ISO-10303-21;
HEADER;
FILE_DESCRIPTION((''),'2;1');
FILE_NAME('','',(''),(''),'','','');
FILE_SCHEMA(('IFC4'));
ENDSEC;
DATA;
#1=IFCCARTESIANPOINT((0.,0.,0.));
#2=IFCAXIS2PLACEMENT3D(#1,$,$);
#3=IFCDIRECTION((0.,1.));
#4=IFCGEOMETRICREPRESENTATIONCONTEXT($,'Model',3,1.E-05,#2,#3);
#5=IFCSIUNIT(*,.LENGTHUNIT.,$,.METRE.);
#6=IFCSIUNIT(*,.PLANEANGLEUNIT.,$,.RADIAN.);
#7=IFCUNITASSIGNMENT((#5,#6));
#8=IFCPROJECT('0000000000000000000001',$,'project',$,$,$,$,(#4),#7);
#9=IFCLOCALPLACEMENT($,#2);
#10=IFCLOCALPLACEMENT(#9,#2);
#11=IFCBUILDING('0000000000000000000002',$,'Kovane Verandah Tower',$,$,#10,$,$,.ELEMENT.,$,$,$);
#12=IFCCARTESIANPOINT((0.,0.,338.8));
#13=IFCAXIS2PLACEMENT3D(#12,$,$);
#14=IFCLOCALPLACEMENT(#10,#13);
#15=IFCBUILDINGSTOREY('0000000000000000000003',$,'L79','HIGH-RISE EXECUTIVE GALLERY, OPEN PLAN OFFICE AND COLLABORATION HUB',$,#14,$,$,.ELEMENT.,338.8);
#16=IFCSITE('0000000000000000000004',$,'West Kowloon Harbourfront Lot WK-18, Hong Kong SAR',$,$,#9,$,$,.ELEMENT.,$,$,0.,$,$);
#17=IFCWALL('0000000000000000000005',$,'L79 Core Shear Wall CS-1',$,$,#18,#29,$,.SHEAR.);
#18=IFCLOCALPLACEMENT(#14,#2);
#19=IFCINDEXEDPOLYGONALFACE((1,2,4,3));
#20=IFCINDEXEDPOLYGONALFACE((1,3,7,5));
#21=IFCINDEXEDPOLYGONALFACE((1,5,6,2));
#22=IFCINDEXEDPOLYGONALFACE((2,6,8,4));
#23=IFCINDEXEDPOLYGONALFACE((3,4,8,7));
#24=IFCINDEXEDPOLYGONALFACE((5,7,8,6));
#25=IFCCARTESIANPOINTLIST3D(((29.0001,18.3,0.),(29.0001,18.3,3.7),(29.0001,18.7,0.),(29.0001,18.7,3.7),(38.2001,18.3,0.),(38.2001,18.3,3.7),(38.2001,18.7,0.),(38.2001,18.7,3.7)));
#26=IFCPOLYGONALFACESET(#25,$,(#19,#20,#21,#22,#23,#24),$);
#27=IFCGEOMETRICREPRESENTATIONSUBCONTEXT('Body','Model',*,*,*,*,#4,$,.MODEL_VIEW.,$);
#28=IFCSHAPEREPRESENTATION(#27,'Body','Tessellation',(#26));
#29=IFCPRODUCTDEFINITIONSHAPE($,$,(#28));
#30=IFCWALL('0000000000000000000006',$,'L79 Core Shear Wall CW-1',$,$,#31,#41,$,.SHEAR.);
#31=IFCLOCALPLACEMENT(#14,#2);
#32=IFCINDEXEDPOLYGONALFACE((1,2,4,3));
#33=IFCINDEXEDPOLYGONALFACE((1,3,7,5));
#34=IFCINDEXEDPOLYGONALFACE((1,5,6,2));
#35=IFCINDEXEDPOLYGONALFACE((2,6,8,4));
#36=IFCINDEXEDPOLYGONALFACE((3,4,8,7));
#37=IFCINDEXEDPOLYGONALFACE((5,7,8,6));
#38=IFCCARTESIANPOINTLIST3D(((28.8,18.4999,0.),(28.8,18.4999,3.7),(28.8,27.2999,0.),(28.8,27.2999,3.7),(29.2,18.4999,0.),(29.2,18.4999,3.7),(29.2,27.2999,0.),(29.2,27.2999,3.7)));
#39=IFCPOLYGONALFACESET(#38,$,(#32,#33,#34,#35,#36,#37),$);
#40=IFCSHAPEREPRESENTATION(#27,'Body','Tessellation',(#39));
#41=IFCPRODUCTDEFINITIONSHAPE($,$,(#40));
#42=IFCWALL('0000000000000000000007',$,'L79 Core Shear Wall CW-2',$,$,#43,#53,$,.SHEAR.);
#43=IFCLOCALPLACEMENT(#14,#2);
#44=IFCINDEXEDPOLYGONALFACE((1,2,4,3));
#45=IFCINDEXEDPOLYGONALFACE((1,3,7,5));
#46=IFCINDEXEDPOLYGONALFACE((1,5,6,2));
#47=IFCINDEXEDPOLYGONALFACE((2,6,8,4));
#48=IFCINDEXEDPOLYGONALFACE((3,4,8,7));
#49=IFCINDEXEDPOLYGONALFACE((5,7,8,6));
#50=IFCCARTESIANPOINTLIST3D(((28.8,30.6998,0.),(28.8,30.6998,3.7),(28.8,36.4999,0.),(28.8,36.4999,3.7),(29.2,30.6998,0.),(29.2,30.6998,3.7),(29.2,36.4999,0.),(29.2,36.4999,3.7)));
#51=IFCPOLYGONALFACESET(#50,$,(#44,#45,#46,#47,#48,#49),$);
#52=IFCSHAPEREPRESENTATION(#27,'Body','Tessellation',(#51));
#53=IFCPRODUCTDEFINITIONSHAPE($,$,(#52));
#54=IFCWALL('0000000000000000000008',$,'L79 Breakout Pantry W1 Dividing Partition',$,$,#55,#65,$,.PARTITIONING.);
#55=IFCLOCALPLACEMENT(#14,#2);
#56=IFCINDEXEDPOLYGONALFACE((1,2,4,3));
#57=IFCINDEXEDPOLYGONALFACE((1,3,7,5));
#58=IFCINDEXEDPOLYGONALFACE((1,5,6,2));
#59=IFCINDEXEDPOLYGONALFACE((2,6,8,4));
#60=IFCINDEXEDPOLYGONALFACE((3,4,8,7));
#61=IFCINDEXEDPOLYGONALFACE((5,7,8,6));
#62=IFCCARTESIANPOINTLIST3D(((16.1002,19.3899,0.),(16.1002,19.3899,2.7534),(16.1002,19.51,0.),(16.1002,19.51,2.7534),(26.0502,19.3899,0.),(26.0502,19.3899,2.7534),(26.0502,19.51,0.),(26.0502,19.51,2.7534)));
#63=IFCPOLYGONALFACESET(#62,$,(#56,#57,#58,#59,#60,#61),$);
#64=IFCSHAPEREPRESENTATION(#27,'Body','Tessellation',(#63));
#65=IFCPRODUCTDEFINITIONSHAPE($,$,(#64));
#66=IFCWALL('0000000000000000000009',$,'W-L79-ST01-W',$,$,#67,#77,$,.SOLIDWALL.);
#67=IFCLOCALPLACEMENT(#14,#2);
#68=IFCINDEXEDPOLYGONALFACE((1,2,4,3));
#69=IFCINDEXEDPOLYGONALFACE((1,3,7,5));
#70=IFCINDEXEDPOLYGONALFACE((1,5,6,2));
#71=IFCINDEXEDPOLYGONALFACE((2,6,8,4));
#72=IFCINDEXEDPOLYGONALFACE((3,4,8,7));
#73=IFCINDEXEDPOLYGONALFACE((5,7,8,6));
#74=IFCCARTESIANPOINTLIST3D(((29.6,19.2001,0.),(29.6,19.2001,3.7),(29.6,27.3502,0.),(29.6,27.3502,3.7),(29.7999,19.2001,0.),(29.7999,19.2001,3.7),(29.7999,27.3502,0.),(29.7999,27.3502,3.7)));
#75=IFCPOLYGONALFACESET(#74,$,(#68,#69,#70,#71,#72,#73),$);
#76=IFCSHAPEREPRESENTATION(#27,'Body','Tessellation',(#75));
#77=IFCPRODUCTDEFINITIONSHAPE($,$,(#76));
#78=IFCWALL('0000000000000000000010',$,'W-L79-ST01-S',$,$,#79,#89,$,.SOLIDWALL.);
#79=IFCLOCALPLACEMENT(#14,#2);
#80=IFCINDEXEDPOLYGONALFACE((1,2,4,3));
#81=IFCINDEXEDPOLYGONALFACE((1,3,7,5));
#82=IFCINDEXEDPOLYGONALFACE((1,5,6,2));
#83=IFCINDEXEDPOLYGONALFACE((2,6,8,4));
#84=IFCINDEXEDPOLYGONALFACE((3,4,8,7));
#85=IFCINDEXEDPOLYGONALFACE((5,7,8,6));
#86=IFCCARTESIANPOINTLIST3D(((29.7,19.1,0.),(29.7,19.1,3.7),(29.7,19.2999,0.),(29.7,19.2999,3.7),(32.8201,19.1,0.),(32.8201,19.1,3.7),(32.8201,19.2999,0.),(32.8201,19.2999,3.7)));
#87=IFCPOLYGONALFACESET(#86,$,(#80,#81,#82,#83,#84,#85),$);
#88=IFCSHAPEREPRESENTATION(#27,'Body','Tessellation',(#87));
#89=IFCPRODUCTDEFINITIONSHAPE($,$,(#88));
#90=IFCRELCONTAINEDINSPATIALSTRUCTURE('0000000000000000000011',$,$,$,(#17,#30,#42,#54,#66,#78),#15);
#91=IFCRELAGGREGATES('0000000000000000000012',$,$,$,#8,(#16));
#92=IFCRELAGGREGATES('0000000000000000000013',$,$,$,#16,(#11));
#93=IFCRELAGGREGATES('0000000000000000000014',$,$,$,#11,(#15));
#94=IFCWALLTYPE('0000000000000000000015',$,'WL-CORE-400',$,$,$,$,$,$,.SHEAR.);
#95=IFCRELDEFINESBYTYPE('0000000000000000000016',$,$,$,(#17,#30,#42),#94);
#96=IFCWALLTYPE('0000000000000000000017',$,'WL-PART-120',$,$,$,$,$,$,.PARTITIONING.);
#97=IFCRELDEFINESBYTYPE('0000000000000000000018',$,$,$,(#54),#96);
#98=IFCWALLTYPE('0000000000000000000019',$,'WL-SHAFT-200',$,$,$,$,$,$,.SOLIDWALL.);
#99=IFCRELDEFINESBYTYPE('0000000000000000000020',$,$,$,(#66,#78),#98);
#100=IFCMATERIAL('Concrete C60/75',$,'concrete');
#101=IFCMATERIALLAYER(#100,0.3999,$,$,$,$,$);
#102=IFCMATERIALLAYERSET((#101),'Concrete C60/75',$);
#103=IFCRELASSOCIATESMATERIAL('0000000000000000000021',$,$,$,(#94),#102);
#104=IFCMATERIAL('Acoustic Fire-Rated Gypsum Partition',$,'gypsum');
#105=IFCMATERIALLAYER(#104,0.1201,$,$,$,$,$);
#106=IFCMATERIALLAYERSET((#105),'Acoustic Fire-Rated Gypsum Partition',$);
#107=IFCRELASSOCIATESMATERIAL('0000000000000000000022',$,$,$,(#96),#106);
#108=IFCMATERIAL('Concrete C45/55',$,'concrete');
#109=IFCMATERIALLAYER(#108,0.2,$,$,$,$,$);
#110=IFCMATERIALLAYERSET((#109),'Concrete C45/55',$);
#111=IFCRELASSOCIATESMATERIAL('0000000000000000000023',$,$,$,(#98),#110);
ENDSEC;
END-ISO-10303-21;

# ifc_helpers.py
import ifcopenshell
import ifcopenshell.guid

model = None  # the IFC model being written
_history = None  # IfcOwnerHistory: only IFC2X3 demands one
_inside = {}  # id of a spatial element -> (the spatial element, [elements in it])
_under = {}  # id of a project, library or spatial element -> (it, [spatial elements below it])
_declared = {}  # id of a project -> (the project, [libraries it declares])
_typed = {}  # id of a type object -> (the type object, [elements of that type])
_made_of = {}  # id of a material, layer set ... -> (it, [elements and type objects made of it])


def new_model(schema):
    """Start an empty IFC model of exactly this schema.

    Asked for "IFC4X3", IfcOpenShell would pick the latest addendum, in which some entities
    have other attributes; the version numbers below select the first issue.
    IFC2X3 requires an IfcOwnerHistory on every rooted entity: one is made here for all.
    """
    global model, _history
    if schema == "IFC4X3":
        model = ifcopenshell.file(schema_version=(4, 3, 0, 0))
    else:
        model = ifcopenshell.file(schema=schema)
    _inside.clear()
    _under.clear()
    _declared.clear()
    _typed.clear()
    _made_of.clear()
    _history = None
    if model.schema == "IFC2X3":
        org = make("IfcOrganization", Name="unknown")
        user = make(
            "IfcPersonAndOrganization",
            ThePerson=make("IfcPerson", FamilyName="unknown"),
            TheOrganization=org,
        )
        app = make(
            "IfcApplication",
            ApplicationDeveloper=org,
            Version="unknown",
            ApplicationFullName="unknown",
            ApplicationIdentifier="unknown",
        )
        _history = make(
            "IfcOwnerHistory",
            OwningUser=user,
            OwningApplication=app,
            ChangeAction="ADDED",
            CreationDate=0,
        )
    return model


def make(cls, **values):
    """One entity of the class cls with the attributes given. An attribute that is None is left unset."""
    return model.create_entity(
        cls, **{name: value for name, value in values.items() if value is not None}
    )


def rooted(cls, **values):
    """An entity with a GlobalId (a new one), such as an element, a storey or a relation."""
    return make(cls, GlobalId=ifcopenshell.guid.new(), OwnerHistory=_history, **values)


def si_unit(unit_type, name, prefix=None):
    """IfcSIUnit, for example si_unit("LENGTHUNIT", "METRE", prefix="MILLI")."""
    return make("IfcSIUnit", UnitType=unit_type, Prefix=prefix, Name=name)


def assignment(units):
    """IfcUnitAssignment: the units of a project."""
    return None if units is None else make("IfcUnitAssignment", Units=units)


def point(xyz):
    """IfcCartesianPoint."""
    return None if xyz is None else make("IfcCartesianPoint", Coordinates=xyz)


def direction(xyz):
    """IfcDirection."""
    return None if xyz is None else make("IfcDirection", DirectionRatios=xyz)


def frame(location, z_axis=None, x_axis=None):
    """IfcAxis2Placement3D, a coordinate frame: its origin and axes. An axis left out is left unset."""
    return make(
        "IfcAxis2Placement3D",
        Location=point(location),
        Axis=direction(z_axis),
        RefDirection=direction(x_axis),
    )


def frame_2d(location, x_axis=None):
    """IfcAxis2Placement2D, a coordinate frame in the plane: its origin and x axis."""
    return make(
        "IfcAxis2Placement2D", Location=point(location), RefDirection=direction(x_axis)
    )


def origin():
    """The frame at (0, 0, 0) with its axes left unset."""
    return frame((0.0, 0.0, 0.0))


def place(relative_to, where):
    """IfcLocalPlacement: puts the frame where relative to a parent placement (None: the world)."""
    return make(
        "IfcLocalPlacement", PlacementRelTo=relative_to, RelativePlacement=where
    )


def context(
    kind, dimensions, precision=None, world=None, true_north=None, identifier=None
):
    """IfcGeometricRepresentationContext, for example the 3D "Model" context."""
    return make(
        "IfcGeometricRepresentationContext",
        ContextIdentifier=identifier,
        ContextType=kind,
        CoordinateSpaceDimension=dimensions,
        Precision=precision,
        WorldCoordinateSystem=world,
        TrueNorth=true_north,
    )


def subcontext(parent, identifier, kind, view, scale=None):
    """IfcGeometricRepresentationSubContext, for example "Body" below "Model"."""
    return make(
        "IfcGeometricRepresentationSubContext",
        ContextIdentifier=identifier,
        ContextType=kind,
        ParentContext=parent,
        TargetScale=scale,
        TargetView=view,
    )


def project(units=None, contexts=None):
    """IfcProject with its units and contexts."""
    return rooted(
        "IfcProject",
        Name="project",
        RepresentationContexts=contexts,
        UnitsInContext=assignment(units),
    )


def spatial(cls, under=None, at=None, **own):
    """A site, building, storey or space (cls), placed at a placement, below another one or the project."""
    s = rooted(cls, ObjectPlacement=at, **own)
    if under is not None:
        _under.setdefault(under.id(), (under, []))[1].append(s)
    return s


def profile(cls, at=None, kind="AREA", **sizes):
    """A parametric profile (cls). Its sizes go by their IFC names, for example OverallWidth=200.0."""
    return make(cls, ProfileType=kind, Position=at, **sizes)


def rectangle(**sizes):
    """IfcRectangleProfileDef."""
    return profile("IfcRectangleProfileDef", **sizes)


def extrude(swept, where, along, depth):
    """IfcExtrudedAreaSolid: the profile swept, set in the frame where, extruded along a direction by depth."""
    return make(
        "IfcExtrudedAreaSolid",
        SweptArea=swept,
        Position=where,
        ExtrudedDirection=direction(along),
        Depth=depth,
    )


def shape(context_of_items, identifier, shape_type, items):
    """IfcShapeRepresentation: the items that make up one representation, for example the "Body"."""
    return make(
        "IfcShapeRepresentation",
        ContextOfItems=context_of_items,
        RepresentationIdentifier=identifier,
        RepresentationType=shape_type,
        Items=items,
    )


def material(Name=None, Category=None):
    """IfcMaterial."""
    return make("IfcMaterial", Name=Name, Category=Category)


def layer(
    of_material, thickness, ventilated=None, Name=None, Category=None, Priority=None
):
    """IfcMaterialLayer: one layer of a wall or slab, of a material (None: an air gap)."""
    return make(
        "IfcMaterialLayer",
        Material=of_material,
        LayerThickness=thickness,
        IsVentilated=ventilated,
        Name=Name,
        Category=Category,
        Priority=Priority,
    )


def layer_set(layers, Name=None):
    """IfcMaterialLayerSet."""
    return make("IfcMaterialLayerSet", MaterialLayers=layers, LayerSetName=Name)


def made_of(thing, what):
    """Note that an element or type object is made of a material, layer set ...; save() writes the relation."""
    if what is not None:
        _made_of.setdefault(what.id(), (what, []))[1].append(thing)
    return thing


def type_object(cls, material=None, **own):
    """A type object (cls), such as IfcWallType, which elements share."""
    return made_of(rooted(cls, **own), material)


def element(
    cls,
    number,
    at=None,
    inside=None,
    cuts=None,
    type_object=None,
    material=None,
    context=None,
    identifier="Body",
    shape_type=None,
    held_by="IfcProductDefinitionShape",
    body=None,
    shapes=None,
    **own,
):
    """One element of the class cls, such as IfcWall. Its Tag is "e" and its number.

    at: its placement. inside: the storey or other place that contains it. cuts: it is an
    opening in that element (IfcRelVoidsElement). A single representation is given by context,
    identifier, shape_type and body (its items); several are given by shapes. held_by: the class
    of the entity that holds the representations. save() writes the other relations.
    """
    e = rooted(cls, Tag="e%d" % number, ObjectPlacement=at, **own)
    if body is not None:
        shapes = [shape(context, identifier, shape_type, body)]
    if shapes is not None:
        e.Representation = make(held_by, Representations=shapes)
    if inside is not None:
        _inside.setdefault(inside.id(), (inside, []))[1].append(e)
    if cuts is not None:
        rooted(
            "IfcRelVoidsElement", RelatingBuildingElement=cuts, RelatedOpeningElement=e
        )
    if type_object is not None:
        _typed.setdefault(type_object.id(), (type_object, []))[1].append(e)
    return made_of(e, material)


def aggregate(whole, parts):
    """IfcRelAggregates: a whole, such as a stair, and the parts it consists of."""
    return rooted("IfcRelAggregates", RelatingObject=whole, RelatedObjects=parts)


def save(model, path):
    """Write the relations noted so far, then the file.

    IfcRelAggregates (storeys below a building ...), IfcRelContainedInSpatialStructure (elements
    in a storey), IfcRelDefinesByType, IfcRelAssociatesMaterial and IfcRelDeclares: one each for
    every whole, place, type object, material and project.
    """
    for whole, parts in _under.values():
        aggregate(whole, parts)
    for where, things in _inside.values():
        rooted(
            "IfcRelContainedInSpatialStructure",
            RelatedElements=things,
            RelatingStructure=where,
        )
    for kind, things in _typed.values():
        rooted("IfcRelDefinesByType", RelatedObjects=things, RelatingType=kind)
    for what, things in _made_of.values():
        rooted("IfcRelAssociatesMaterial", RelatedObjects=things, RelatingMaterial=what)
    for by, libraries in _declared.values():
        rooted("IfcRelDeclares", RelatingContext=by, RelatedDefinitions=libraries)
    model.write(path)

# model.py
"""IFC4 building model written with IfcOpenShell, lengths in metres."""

from ifc_helpers import new_model, si_unit, direction, frame, frame_2d, origin, place, context, subcontext, project, spatial, rectangle, extrude, material, layer, layer_set, type_object, element, save


model = new_model("IFC4")

# Units and contexts
model_context = context("Model", 3, precision=1e-05, world=origin(), true_north=direction((0.0, 1.0)))
body_context = subcontext(model_context, "Body", "Model", "MODEL_VIEW")
ifc_project = project(units=[si_unit("LENGTHUNIT", "METRE"), si_unit("PLANEANGLEUNIT", "RADIAN")], contexts=[model_context])

# Site, building, storey
site_placement = place(None, origin())
site = spatial("IfcSite", under=ifc_project, at=site_placement, Name="West Kowloon Harbourfront Lot WK-18, Hong Kong SAR", CompositionType="ELEMENT", RefElevation=0.0)
building_placement = place(site_placement, origin())
building = spatial("IfcBuilding", under=site, at=building_placement, Name="Kovane Verandah Tower", CompositionType="ELEMENT")
storey_placement = place(building_placement, frame((0.0, 0.0, 338.8)))
storey = spatial("IfcBuildingStorey", under=building, at=storey_placement, Name="L79", Description="HIGH-RISE EXECUTIVE GALLERY, OPEN PLAN OFFICE AND COLLABORATION HUB", CompositionType="ELEMENT", Elevation=338.8)

# Shared definitions
ifc_material_1 = material(Name="Concrete C60/75", Category="concrete")

# Walls
ifc_layer_1 = layer(ifc_material_1, 0.3999)
ifc_layer_set_1 = layer_set([ifc_layer_1], Name="Concrete C60/75")
wall_type_1 = type_object("IfcWallType", Name="WL-CORE-400", PredefinedType="SHEAR", material=ifc_layer_set_1)
wall_1_placement = place(storey_placement, frame((29.0, 18.5, 0.0), z_axis=(0.0, 0.0, 1.0), x_axis=(1.0, 0.0, 0.0)))
element("IfcWall", 1, at=wall_1_placement, inside=storey, type_object=wall_type_1, Name="L79 Core Shear Wall CS-1", PredefinedType="SHEAR", context=body_context, shape_type="SweptSolid", body=[
    extrude(rectangle(XDim=9.2, YDim=0.3999, at=frame_2d((4.6001, 0.0))), origin(), (0.0, 0.0, 1.0), 3.7),
])
wall_2_placement = place(storey_placement, frame((29.0, 18.5, 0.0), z_axis=(0.0, 0.0, 1.0), x_axis=(0.0, 1.0, 0.0)))
element("IfcWall", 2, at=wall_2_placement, inside=storey, type_object=wall_type_1, Name="L79 Core Shear Wall CW-1", PredefinedType="SHEAR", context=body_context, shape_type="SweptSolid", body=[
    extrude(rectangle(XDim=8.8, YDim=0.3999, at=frame_2d((4.3999, 0.0))), origin(), (0.0, 0.0, 1.0), 3.7),
])
wall_3_placement = place(storey_placement, frame((29.0, 30.7, 0.0), z_axis=(0.0, 0.0, 1.0), x_axis=(0.0, 1.0, 0.0)))
element("IfcWall", 3, at=wall_3_placement, inside=storey, type_object=wall_type_1, Name="L79 Core Shear Wall CW-2", PredefinedType="SHEAR", context=body_context, shape_type="SweptSolid", body=[
    extrude(rectangle(XDim=5.8, YDim=0.3999, at=frame_2d((2.8999, 0.0))), origin(), (0.0, 0.0, 1.0), 3.7),
])

# Walls
ifc_material_2 = material(Name="Acoustic Fire-Rated Gypsum Partition", Category="gypsum")
ifc_layer_2 = layer(ifc_material_2, 0.1201)
ifc_layer_set_2 = layer_set([ifc_layer_2], Name="Acoustic Fire-Rated Gypsum Partition")
wall_type_2 = type_object("IfcWallType", Name="WL-PART-120", PredefinedType="PARTITIONING", material=ifc_layer_set_2)
wall_4_placement = place(storey_placement, frame((16.1001, 19.45, 0.0), z_axis=(0.0, 0.0, 1.0), x_axis=(1.0, 0.0, 0.0)))
element("IfcWall", 4, at=wall_4_placement, inside=storey, type_object=wall_type_2, Name="L79 Breakout Pantry W1 Dividing Partition", PredefinedType="PARTITIONING", context=body_context, shape_type="SweptSolid", body=[
    extrude(rectangle(XDim=9.95, YDim=0.1201, at=frame_2d((4.9751, 0.0))), origin(), (0.0, 0.0, 1.0), 2.7534),
])
ifc_material_3 = material(Name="Concrete C45/55", Category="concrete")
ifc_layer_3 = layer(ifc_material_3, 0.2)
ifc_layer_set_3 = layer_set([ifc_layer_3], Name="Concrete C45/55")
wall_type_3 = type_object("IfcWallType", Name="WL-SHAFT-200", PredefinedType="SOLIDWALL", material=ifc_layer_set_3)
wall_5_placement = place(storey_placement, frame((29.7, 19.2, 0.0), z_axis=(0.0, 0.0, 1.0), x_axis=(0.0, 1.0, 0.0)))
element("IfcWall", 5, at=wall_5_placement, inside=storey, type_object=wall_type_3, Name="W-L79-ST01-W", PredefinedType="SOLIDWALL", context=body_context, shape_type="SweptSolid", body=[
    extrude(rectangle(XDim=8.1501, YDim=0.2, at=frame_2d((4.0752, 0.0))), origin(), (0.0, 0.0, 1.0), 3.7),
])
wall_6_placement = place(storey_placement, frame((29.7, 19.2, 0.0), z_axis=(0.0, 0.0, 1.0), x_axis=(1.0, 0.0, 0.0)))
element("IfcWall", 6, at=wall_6_placement, inside=storey, type_object=wall_type_3, Name="W-L79-ST01-S", PredefinedType="SOLIDWALL", context=body_context, shape_type="SweptSolid", body=[
    extrude(rectangle(XDim=3.1201, YDim=0.2, at=frame_2d((1.5601, 0.0))), origin(), (0.0, 0.0, 1.0), 3.7),
])

save(model, "model.ifc")
